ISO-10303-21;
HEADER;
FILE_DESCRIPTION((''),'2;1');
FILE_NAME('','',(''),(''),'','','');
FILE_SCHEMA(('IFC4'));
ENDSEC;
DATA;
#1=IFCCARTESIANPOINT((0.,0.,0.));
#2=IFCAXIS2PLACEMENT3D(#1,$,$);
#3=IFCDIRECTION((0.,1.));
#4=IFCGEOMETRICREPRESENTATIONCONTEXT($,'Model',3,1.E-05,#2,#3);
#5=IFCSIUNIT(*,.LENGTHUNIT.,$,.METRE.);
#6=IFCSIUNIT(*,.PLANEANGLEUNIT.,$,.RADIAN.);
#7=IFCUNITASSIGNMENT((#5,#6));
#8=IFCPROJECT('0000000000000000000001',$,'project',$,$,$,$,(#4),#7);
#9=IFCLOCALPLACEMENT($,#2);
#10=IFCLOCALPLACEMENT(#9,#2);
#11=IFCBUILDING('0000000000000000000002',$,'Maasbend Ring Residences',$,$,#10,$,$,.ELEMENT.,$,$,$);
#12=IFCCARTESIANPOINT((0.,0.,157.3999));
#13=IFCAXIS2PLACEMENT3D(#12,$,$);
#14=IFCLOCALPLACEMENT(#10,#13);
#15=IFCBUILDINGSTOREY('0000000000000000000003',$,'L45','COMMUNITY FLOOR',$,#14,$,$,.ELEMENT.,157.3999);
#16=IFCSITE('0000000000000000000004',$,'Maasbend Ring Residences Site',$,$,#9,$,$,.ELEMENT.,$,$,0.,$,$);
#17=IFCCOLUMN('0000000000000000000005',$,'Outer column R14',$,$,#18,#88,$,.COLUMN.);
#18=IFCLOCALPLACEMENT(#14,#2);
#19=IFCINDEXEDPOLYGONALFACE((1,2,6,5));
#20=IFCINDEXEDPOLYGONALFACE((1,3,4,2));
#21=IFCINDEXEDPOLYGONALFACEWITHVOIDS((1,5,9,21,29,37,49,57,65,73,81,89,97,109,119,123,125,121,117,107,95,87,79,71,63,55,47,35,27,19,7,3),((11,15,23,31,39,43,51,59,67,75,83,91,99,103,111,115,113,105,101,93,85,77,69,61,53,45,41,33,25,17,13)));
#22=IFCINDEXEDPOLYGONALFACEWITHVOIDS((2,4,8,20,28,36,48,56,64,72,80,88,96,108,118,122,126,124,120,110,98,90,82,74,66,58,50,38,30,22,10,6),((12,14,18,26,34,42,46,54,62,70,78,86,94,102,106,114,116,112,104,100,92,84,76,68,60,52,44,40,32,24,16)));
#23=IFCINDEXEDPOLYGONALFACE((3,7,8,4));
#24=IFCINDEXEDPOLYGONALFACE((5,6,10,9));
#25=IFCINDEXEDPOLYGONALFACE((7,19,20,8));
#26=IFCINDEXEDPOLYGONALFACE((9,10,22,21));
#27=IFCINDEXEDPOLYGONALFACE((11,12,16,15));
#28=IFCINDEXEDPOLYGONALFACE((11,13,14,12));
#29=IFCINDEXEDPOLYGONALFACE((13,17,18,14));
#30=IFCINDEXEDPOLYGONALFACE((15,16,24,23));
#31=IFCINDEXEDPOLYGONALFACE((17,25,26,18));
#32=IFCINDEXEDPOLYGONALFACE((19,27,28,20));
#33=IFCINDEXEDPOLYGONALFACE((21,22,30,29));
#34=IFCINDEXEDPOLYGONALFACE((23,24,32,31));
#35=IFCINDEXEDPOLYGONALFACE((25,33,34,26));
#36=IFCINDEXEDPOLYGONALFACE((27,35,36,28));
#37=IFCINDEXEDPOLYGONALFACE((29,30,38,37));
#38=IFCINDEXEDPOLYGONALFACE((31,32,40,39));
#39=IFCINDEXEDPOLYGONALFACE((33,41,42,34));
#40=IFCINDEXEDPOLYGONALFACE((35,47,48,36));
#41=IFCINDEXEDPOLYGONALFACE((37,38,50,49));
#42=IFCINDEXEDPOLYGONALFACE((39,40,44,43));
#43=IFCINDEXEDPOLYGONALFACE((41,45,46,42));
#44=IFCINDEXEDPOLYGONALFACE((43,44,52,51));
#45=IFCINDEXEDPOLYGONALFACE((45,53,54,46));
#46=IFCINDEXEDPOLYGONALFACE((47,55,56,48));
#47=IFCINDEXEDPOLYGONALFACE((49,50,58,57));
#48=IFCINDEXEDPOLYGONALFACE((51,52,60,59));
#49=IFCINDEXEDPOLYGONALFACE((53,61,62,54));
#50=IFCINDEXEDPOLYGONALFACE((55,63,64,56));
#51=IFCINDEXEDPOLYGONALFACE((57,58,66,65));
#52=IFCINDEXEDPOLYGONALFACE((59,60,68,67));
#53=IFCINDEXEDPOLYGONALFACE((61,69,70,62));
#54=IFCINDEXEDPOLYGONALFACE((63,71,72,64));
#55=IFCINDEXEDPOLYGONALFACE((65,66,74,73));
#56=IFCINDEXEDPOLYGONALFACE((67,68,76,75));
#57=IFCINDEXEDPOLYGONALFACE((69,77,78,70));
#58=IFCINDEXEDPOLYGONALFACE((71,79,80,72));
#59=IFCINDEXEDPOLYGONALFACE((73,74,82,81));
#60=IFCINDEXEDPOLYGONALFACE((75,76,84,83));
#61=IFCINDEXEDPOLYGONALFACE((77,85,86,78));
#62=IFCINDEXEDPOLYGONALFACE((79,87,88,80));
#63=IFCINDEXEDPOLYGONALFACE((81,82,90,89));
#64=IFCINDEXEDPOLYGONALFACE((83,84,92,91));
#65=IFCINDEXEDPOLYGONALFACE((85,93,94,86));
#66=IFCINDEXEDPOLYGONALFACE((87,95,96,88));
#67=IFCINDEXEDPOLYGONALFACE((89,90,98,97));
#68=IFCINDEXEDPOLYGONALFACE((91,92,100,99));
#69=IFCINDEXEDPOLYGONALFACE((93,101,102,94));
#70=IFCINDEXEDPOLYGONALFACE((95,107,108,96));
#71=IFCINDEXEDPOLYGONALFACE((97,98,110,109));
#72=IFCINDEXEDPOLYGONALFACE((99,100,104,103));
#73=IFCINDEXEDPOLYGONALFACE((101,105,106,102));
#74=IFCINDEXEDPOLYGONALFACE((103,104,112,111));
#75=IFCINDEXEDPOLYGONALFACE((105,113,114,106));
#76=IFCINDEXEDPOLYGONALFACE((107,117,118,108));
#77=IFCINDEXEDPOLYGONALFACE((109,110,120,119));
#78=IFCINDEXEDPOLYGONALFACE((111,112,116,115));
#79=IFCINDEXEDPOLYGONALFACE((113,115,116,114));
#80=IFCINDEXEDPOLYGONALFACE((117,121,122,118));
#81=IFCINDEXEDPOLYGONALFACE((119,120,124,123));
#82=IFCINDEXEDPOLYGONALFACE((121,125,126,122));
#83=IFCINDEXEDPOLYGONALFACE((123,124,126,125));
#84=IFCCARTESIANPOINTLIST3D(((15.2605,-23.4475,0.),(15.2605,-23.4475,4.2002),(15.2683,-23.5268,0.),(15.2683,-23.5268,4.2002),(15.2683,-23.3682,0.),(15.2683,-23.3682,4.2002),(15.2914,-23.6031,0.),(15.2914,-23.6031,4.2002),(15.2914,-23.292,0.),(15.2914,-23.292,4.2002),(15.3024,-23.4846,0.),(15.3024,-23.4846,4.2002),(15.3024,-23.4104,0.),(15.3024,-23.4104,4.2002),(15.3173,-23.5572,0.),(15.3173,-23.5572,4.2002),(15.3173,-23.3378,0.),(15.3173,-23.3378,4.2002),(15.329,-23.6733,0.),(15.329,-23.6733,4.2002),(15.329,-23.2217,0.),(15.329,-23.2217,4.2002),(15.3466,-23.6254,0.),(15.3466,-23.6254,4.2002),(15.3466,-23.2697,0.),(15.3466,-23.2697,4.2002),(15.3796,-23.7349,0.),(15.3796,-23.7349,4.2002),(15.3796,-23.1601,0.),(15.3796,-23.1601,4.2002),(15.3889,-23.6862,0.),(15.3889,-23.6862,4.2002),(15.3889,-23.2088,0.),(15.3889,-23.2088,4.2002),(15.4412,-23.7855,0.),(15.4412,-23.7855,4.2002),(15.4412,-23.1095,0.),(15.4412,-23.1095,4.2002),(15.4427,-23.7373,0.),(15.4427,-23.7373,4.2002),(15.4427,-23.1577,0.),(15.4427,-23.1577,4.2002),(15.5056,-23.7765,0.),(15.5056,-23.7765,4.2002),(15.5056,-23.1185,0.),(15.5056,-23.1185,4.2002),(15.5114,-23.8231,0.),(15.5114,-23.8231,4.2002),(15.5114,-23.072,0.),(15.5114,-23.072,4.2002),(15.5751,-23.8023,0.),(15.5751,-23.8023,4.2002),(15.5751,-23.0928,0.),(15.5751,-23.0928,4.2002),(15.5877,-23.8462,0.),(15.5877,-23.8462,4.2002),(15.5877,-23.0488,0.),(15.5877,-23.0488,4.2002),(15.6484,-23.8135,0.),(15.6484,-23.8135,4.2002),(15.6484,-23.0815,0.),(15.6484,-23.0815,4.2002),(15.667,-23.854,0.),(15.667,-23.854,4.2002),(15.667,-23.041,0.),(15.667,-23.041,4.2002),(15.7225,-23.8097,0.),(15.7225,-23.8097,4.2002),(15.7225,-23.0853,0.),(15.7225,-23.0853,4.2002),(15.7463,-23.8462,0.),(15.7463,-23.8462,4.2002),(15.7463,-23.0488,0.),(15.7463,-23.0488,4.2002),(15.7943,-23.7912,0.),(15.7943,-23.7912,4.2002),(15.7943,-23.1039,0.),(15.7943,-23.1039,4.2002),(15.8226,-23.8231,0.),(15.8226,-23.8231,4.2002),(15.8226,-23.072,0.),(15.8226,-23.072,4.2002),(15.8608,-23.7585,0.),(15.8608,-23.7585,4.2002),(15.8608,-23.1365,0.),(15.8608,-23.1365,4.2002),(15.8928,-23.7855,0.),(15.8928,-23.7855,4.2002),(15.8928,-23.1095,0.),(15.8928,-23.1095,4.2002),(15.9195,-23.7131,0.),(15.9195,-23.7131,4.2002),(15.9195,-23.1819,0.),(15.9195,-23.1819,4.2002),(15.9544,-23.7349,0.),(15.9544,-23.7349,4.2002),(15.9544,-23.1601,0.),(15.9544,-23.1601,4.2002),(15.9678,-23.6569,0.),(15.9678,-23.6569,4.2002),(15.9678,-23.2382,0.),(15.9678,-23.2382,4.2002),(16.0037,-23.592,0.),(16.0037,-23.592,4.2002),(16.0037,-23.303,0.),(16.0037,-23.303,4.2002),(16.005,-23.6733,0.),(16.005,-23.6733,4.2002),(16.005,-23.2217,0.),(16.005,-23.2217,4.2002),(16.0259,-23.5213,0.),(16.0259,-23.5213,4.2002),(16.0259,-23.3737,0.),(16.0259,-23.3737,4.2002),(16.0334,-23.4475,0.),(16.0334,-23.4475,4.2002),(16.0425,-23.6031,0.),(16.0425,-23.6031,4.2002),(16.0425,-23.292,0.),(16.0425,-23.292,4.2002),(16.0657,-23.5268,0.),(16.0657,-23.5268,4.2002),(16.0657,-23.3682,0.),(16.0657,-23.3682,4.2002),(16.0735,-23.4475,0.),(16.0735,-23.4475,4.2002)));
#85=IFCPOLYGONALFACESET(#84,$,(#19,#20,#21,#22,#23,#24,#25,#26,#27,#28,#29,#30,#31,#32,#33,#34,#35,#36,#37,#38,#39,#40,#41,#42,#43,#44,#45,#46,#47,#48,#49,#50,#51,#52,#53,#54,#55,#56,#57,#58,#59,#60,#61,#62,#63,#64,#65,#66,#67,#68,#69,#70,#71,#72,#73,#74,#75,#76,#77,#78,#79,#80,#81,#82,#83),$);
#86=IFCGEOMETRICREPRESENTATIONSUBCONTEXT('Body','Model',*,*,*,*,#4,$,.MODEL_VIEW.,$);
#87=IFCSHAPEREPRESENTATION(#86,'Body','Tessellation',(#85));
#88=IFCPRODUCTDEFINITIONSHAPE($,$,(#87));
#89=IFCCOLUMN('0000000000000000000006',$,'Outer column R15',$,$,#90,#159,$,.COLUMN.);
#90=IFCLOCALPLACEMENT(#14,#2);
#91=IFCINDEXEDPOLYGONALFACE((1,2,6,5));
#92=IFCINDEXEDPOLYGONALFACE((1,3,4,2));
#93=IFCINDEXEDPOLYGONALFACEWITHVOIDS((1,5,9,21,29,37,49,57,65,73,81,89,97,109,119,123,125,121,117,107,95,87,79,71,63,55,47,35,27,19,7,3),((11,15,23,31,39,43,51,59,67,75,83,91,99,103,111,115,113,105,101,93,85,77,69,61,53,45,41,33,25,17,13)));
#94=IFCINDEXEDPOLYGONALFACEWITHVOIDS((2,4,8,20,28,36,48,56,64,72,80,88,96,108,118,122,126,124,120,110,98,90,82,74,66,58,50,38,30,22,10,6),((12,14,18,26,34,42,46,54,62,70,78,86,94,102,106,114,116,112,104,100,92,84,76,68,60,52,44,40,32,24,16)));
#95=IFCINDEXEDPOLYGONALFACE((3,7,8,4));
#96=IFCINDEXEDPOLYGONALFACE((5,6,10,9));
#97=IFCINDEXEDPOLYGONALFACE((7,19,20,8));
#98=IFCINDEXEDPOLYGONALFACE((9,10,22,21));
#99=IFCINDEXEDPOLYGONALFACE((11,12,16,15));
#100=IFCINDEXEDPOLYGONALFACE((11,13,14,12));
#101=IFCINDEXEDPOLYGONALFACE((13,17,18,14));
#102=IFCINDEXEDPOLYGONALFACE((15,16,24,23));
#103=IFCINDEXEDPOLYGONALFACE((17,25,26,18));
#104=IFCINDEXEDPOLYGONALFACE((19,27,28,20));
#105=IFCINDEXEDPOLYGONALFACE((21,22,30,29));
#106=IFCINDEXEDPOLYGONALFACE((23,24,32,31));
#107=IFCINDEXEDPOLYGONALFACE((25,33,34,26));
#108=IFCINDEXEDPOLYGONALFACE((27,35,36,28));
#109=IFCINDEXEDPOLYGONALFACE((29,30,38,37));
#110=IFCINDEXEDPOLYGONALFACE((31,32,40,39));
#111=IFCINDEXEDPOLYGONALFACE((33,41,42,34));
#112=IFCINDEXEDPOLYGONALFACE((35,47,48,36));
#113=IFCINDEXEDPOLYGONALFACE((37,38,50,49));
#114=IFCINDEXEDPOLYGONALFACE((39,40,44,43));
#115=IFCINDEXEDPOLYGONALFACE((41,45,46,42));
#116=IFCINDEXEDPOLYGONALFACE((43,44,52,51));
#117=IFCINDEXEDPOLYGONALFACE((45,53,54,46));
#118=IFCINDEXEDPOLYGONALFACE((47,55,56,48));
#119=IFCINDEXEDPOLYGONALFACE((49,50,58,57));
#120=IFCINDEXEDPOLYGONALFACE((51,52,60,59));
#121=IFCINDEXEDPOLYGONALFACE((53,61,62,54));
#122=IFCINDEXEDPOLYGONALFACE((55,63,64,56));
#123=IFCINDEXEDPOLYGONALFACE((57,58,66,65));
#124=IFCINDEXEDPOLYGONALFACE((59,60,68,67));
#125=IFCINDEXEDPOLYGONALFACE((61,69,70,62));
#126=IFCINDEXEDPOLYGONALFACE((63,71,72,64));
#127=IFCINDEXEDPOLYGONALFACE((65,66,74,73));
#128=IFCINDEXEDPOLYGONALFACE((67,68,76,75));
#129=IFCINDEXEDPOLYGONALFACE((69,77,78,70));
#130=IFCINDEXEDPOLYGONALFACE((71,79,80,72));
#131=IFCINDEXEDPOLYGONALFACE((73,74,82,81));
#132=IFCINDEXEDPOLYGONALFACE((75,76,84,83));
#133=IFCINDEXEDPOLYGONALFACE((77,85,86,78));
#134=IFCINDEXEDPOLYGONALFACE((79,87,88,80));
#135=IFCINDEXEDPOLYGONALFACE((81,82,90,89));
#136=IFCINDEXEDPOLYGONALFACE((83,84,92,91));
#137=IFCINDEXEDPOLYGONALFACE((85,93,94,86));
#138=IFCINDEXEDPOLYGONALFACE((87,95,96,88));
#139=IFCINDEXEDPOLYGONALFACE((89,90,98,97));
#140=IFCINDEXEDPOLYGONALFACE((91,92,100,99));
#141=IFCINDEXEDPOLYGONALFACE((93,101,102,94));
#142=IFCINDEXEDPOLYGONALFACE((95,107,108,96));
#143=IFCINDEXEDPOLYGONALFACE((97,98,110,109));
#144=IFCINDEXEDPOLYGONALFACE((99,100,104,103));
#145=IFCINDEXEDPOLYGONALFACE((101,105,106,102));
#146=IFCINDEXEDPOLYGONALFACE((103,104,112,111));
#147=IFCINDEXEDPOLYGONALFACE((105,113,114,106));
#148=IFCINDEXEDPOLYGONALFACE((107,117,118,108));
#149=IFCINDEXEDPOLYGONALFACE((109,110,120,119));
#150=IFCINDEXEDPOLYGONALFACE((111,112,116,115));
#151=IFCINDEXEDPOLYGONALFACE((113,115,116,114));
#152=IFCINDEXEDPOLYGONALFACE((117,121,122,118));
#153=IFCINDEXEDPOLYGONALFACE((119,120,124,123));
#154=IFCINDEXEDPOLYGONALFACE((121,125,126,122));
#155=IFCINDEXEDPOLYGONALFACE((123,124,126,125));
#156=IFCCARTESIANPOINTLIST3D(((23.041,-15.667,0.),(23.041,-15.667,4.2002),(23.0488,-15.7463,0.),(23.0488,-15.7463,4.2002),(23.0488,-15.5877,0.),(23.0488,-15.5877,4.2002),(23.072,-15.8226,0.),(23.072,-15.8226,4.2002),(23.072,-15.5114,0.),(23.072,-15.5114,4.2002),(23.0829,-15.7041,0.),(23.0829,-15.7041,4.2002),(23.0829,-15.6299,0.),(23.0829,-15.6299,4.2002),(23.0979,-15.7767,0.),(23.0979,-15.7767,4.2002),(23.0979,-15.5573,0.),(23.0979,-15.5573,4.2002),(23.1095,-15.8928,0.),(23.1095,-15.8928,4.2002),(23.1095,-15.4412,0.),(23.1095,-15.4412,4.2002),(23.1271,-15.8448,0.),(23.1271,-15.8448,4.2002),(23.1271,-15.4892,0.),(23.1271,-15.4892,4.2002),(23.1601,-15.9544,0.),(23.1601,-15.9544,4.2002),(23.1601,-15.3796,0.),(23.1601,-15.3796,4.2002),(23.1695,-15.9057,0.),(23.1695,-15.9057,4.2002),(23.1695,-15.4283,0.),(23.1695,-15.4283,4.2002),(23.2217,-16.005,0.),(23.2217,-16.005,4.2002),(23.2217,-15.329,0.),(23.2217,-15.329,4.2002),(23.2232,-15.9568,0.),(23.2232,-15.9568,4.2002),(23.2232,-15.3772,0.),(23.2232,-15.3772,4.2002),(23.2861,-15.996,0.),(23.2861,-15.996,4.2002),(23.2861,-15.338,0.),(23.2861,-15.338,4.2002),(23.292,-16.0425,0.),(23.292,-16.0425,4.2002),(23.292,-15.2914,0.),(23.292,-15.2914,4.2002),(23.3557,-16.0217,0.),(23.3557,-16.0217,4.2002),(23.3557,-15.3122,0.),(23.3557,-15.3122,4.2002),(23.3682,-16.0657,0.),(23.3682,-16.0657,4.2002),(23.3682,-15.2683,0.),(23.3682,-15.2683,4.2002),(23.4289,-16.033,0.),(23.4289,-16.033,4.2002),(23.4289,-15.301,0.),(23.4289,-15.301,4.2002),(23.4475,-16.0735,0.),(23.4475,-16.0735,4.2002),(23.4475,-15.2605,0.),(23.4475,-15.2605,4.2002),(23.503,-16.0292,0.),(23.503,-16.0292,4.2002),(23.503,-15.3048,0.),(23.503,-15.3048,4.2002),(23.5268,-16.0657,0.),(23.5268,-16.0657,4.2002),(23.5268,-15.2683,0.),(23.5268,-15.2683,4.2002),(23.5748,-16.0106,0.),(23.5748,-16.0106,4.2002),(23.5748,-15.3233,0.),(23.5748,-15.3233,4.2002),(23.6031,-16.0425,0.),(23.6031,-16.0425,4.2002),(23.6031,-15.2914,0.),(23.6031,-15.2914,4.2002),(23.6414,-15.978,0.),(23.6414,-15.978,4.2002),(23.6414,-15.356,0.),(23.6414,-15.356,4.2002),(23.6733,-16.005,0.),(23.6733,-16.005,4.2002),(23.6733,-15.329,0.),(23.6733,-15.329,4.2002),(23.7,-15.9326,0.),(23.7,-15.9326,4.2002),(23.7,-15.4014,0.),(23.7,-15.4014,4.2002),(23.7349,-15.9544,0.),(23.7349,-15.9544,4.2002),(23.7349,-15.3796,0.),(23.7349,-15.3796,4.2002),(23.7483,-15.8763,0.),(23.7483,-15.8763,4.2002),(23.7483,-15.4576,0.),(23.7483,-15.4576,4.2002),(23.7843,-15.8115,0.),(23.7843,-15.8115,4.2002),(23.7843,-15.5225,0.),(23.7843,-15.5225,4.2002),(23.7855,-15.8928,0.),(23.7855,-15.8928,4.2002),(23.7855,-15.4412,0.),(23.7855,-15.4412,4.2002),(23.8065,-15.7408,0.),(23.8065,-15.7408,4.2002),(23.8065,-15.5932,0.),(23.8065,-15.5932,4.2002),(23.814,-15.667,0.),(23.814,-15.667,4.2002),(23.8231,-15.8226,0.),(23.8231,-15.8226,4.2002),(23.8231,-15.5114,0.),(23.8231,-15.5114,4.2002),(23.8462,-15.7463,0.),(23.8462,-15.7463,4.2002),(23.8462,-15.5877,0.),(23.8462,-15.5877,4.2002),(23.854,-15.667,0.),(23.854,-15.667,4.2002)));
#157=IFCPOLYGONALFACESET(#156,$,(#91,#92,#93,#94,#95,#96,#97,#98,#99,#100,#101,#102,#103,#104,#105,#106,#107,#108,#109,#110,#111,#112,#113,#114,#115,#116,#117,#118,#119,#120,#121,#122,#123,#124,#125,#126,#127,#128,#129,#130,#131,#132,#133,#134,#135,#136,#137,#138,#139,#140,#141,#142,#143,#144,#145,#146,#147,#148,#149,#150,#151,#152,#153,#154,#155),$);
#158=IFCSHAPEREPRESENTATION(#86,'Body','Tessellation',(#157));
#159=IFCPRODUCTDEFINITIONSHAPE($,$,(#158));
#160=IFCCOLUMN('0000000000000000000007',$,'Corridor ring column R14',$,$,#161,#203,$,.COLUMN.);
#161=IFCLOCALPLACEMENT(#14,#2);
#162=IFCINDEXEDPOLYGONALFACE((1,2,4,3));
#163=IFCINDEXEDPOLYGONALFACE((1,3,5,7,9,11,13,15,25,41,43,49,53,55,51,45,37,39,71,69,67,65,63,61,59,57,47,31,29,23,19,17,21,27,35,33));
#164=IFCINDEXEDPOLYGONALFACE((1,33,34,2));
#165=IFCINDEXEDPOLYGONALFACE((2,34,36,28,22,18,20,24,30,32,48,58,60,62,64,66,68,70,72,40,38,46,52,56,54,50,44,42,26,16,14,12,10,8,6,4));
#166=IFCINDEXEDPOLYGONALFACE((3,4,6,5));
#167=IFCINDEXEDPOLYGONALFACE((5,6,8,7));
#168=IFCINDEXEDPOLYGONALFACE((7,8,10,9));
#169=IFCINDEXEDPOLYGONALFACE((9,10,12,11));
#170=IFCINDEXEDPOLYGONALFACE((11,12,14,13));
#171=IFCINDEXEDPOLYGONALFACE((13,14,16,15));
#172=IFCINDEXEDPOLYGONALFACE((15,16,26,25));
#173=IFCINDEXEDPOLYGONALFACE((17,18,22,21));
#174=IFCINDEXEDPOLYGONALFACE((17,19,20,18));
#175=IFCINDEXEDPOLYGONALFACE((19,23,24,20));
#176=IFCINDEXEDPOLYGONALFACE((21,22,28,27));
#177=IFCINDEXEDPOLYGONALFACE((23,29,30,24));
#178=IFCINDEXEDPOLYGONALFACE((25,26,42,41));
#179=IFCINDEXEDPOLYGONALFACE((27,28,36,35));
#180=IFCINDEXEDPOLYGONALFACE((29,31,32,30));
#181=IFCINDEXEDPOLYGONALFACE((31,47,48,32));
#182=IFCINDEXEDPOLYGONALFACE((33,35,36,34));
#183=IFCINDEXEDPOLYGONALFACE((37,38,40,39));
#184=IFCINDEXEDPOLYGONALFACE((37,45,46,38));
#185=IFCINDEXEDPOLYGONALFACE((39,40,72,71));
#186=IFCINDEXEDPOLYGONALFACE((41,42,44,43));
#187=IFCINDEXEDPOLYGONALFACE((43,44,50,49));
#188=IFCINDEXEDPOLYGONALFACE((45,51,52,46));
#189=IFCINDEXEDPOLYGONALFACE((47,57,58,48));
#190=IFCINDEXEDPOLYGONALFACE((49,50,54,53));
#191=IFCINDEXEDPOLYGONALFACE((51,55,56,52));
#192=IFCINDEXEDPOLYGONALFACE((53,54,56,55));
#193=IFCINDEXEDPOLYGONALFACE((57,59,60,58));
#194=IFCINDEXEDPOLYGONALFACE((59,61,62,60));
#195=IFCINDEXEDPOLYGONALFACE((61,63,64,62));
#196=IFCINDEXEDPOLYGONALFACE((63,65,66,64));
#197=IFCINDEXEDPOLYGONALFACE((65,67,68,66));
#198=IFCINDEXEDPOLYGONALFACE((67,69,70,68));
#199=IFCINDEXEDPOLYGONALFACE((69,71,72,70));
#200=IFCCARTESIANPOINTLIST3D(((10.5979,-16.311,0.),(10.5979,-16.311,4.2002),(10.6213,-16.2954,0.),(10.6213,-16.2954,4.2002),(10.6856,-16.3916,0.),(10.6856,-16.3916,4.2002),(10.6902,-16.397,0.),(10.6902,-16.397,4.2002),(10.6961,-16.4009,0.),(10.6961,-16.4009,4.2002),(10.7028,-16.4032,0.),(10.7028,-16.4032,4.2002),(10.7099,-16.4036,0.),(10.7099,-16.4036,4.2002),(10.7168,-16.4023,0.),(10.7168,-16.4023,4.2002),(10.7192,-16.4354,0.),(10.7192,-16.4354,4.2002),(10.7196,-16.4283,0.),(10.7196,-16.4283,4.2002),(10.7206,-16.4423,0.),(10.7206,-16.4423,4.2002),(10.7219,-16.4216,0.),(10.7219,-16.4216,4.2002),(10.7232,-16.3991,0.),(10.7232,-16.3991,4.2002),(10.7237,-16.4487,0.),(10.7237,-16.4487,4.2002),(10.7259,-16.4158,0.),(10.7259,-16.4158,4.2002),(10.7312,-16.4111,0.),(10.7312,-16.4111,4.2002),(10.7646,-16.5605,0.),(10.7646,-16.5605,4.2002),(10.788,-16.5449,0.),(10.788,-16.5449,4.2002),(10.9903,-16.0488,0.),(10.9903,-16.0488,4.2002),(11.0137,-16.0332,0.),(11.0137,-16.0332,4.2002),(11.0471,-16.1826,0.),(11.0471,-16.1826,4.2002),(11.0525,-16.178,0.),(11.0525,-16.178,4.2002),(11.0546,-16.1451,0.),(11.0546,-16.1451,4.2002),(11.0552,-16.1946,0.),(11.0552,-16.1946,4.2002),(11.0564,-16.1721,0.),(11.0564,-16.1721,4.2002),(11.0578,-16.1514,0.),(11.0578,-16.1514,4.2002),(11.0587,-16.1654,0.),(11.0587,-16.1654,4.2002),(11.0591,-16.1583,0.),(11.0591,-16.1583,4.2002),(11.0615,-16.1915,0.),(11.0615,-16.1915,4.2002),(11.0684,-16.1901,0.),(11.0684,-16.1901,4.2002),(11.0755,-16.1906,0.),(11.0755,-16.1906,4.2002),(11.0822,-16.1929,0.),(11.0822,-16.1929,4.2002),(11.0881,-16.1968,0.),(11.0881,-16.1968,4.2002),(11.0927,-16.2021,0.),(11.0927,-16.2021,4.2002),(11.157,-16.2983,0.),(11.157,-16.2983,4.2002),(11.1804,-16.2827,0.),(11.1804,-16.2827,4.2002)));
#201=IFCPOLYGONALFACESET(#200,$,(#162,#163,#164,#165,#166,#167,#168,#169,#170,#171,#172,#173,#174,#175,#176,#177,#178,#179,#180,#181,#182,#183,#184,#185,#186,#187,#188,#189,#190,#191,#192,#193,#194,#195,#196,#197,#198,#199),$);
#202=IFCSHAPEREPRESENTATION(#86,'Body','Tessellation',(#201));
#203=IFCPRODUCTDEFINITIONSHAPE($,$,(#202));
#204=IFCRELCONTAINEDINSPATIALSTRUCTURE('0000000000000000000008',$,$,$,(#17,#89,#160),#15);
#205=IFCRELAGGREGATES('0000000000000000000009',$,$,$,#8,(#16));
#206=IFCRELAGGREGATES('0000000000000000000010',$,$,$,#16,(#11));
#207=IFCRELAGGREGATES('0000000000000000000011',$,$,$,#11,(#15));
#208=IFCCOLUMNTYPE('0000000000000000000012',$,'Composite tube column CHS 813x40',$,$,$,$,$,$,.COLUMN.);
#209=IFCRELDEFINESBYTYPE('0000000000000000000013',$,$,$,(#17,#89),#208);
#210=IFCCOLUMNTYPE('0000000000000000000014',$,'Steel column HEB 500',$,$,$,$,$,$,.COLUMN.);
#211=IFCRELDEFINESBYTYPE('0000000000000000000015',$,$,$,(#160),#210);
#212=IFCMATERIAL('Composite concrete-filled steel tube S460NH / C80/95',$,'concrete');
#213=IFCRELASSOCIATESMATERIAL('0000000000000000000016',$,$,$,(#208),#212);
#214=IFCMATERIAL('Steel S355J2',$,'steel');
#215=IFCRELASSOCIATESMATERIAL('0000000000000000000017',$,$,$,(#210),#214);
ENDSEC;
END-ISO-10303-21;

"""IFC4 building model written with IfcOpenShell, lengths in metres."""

from ifc_helpers import new_model, si_unit, direction, frame, origin, origin_2d, place, context, subcontext, project, spatial, hollow_circle, i_section, extrude, material, material_profile, profile_set, type_object, element, save


model = new_model("IFC4")

# Units and contexts
model_context = context("Model", 3, precision=1e-05, world=origin(), true_north=direction((0.0, 1.0)))
body_context = subcontext(model_context, "Body", "Model", "MODEL_VIEW")
ifc_project = project(units=[si_unit("LENGTHUNIT", "METRE"), si_unit("PLANEANGLEUNIT", "RADIAN")], contexts=[model_context])

# Site, building, storey
site_placement = place(None, origin())
site = spatial("IfcSite", under=ifc_project, at=site_placement, Name="Maasbend Ring Residences Site", CompositionType="ELEMENT", RefElevation=0.0)
building_placement = place(site_placement, origin())
building = spatial("IfcBuilding", under=site, at=building_placement, Name="Maasbend Ring Residences", CompositionType="ELEMENT")
storey_placement = place(building_placement, frame((0.0, 0.0, 157.3999)))
storey = spatial("IfcBuildingStorey", under=building, at=storey_placement, Name="L45", Description="COMMUNITY FLOOR", CompositionType="ELEMENT", Elevation=157.3999)

# Columns
ifc_material_1 = material(Name="Composite concrete-filled steel tube S460NH / C80/95", Category="concrete")
ifc_material_profile_1 = material_profile(ifc_material_1, hollow_circle(Radius=0.4065, WallThickness=0.04, at=origin_2d()), Name="Composite tube column CHS 813x40")
ifc_profile_set_1 = profile_set([ifc_material_profile_1], Name="Composite concrete-filled steel tube S460NH / C80/95")
column_type_1 = type_object("IfcColumnType", Name="Composite tube column CHS 813x40", PredefinedType="COLUMN", material=ifc_profile_set_1)
for number, where, z_axis, x_axis, name in (
    (1, (15.667, -23.4475, 0.0), (0.0, 0.0, 1.0), (1.0, 0.0, 0.0), "Outer column R14"),
    (2, (23.4475, -15.667, 0.0), (0.0, 0.0, 1.0), (1.0, 0.0, 0.0), "Outer column R15"),
):
    element("IfcColumn", number, at=place(storey_placement, frame(where, z_axis=z_axis, x_axis=x_axis)), inside=storey, type_object=column_type_1, Name=name, PredefinedType="COLUMN", context=body_context, shape_type="SweptSolid", body=[
        extrude(hollow_circle(Radius=0.4065, WallThickness=0.04, at=origin_2d()), origin(), (0.0, 0.0, 1.0), 4.2002),
    ])
ifc_material_2 = material(Name="Steel S355J2", Category="steel")
ifc_material_profile_2 = material_profile(ifc_material_2, i_section(OverallWidth=0.3, OverallDepth=0.5, WebThickness=0.0144, FlangeThickness=0.0281, FilletRadius=0.0271, at=origin_2d()), Name="HEB 500")
ifc_profile_set_2 = profile_set([ifc_material_profile_2], Name="Steel S355J2")
column_type_2 = type_object("IfcColumnType", Name="Steel column HEB 500", PredefinedType="COLUMN", material=ifc_profile_set_2)
for number, where, z_axis, x_axis, name in (
    (3, (10.8892, -16.2969, 0.0), (0.0, 0.0, 1.0), (0.55557, -0.83147, 0.0), "Corridor ring column R14"),
):
    element("IfcColumn", number, at=place(storey_placement, frame(where, z_axis=z_axis, x_axis=x_axis)), inside=storey, type_object=column_type_2, Name=name, PredefinedType="COLUMN", context=body_context, shape_type="SweptSolid", body=[
        extrude(i_section(OverallWidth=0.3, OverallDepth=0.5, WebThickness=0.0144, FlangeThickness=0.0281, FilletRadius=0.0271, at=origin_2d()), origin(), (0.0, 0.0, 1.0), 4.2002),
    ])

save(model, "model.ifc")
